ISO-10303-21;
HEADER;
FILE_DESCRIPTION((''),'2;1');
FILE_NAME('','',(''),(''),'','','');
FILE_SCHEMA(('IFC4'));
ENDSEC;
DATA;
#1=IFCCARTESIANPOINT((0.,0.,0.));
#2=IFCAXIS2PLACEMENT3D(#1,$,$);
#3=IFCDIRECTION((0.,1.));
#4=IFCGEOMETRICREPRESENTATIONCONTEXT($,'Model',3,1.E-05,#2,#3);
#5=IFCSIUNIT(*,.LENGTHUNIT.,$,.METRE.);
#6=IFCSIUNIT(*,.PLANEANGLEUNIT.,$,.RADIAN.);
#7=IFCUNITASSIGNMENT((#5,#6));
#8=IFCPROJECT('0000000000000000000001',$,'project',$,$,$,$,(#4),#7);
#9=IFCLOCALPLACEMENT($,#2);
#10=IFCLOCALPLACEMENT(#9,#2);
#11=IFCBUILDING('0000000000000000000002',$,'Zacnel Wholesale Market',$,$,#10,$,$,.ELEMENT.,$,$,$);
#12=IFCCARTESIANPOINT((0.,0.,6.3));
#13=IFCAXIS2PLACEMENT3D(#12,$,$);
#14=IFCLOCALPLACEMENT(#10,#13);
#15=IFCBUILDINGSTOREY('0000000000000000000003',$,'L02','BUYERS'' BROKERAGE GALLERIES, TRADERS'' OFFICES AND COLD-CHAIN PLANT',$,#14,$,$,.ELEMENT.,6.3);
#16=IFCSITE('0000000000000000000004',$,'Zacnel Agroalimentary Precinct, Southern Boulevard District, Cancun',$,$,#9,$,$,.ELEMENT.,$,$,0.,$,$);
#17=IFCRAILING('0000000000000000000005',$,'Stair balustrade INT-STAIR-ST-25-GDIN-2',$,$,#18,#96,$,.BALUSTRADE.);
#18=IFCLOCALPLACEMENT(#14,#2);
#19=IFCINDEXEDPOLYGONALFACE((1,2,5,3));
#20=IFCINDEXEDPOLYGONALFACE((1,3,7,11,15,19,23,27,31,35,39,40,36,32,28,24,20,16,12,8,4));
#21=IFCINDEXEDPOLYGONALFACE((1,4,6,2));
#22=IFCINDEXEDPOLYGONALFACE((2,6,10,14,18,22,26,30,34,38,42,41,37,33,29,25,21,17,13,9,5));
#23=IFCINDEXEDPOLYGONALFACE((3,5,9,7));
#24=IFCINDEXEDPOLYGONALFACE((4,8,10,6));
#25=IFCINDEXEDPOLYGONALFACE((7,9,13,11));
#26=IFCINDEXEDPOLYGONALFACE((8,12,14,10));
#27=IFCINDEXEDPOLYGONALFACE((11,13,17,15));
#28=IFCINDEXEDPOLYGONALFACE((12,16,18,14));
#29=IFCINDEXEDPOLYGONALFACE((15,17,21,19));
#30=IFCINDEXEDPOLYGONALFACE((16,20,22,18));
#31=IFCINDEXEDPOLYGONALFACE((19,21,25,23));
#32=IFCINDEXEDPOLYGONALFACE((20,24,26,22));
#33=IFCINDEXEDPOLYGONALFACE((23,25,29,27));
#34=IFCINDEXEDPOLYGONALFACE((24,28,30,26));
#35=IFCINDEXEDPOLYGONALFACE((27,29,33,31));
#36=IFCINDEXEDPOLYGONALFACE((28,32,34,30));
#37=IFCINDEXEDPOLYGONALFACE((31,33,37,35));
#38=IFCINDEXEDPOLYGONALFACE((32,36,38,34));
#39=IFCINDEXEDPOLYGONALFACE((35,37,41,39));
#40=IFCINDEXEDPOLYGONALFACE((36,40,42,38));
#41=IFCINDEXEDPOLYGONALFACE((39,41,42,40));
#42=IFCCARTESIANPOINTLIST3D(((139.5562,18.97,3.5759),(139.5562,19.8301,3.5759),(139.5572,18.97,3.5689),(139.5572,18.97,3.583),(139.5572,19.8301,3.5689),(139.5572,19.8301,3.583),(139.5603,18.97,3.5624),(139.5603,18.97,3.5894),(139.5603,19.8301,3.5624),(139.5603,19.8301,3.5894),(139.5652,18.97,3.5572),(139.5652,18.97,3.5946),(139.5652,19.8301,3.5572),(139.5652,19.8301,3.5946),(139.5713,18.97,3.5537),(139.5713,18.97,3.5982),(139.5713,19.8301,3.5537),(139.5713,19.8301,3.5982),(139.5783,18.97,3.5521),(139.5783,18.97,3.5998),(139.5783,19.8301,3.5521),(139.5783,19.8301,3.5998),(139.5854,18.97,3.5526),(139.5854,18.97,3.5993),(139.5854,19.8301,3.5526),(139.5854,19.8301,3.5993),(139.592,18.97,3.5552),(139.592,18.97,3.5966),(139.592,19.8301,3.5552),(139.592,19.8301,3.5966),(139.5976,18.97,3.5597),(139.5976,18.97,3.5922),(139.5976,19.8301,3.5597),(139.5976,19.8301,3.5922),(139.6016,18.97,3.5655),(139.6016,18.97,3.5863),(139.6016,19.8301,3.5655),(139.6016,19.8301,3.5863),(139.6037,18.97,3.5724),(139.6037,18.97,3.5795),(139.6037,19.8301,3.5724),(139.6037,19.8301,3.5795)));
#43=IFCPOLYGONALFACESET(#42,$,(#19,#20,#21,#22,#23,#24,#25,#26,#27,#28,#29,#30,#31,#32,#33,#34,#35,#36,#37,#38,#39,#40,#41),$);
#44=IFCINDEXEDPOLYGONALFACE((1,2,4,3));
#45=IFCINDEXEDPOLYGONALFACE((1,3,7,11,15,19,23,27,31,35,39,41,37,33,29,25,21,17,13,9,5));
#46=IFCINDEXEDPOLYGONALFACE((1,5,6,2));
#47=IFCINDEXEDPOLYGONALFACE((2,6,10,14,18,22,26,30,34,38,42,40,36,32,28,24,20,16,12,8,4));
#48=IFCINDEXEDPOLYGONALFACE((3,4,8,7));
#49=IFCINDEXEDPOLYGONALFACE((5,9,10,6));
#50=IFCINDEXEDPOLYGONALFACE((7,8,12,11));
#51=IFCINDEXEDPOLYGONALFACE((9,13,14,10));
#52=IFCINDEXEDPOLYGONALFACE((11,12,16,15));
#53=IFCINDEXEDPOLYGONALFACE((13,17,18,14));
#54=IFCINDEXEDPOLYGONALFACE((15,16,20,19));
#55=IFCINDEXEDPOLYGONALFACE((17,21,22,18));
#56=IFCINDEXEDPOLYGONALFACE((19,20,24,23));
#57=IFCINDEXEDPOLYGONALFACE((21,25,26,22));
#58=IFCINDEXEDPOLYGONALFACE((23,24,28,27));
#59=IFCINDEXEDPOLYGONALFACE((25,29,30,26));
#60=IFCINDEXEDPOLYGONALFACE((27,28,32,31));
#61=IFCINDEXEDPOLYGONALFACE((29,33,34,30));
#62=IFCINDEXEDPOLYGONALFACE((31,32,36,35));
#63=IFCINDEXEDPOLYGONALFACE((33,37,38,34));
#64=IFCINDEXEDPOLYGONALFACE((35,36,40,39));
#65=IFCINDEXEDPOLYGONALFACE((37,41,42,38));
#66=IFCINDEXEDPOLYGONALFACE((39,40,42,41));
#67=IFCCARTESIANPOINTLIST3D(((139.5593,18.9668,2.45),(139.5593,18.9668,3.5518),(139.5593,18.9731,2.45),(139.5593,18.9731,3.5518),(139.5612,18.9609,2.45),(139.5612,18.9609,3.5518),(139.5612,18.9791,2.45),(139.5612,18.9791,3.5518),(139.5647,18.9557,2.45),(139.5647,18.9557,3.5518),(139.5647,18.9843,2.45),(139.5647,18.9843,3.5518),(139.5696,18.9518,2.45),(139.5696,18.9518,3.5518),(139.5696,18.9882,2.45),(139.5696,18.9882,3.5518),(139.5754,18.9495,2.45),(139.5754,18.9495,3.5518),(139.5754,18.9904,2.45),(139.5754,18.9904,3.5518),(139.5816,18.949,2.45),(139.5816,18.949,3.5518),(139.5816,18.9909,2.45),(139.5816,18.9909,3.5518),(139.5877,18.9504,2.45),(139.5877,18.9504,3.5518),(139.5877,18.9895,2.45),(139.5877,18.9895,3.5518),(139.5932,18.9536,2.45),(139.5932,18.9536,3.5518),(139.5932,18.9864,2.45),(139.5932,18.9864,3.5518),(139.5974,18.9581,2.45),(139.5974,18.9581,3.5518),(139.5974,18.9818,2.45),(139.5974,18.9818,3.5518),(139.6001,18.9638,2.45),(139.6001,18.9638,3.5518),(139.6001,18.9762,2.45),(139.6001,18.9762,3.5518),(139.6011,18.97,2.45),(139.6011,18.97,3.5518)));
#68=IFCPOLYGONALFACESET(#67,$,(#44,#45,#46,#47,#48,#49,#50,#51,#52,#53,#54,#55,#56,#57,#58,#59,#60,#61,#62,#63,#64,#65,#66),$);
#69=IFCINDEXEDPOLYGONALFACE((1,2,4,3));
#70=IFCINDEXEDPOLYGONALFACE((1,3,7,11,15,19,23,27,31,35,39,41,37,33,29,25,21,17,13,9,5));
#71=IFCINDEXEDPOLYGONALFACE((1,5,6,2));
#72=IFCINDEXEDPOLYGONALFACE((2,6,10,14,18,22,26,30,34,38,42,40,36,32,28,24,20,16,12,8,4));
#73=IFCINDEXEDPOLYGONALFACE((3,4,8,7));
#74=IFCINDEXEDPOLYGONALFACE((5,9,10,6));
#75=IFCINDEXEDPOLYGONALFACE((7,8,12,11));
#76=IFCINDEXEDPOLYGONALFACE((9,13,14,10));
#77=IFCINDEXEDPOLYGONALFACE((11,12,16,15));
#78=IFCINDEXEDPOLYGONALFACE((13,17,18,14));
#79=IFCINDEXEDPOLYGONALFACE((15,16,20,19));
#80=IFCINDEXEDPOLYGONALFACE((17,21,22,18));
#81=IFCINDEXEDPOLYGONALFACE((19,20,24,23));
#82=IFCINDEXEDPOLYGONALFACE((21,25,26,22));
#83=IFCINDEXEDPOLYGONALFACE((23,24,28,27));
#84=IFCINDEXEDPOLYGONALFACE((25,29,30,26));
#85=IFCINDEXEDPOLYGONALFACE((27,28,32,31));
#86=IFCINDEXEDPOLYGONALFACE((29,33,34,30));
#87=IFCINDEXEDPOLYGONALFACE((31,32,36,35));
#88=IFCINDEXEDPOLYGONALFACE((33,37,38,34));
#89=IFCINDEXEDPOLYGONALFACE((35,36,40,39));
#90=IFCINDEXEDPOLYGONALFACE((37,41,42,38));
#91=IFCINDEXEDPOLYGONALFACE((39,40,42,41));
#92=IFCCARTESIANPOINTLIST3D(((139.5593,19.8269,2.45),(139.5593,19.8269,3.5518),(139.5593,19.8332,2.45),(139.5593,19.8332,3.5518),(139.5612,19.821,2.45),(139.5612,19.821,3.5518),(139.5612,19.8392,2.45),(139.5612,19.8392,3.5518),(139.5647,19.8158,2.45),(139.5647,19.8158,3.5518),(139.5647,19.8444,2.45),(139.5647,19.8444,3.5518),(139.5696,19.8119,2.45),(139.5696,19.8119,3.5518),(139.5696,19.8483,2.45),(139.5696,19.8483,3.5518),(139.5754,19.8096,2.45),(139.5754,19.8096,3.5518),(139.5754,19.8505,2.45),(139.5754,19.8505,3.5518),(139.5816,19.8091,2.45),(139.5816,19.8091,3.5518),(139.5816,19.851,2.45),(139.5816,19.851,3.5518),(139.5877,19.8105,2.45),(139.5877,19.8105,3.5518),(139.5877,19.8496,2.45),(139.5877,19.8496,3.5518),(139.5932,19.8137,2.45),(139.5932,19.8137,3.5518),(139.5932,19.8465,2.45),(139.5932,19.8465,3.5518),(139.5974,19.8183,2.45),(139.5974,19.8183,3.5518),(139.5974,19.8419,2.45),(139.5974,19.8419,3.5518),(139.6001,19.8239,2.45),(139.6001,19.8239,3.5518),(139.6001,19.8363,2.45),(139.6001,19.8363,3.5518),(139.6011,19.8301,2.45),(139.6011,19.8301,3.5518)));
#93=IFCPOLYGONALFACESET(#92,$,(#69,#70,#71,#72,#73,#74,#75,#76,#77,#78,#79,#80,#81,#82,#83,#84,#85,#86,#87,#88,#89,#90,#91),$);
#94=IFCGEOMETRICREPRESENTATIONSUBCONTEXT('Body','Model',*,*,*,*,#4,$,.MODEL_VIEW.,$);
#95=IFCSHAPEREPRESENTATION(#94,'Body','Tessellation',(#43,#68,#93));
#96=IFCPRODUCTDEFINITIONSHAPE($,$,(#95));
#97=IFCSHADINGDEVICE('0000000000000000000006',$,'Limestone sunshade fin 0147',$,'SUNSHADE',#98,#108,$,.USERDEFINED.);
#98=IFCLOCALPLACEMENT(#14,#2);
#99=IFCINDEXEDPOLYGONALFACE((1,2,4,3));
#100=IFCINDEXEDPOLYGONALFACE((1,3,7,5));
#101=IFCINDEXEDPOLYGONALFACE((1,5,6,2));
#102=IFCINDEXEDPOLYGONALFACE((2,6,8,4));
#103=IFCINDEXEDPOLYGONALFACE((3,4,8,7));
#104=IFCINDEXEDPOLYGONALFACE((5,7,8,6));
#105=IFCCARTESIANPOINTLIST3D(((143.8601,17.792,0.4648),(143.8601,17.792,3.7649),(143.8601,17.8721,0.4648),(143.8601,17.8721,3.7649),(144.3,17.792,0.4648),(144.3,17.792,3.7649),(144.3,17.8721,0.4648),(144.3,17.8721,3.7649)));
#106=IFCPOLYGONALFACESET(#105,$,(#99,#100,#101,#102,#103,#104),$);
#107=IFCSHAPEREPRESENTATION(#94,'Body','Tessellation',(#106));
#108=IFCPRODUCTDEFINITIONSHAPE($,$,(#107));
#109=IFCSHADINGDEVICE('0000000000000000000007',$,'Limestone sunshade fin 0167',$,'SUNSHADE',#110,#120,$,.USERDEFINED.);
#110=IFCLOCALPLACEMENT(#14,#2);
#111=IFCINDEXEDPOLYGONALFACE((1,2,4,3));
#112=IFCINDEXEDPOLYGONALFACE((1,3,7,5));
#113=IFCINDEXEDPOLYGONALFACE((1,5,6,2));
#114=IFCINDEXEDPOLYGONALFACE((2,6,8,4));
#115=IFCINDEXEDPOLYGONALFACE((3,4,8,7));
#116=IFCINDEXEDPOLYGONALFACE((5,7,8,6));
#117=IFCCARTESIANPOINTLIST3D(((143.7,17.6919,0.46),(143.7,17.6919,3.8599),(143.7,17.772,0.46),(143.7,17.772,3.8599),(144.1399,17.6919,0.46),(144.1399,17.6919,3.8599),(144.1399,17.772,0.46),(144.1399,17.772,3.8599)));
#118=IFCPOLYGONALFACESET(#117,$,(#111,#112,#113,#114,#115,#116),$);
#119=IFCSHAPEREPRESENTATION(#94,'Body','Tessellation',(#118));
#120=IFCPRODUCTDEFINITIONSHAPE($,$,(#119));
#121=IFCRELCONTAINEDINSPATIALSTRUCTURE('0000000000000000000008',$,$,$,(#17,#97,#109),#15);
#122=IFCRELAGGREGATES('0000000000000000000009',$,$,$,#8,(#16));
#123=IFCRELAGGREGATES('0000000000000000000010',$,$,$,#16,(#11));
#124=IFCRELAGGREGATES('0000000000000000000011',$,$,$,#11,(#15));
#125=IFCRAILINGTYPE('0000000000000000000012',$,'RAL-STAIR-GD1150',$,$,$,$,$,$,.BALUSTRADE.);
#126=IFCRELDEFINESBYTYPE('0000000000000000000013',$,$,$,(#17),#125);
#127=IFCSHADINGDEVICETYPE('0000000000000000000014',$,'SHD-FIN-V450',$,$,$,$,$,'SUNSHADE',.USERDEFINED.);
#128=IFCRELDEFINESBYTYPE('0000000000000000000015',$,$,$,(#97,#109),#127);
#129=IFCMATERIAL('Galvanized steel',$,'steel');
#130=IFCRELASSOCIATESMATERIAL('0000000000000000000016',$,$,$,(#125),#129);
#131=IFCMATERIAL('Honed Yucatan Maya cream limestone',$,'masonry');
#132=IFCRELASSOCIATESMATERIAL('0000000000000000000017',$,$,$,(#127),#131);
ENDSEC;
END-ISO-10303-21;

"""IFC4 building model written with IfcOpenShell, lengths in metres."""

from ifc_helpers import new_model, si_unit, direction, frame, origin, origin_2d, place, context, subcontext, project, spatial, rectangle, circle, extrude, material, type_object, element, save


model = new_model("IFC4")

# Units and contexts
model_context = context("Model", 3, precision=1e-05, world=origin(), true_north=direction((0.0, 1.0)))
body_context = subcontext(model_context, "Body", "Model", "MODEL_VIEW")
ifc_project = project(units=[si_unit("LENGTHUNIT", "METRE"), si_unit("PLANEANGLEUNIT", "RADIAN")], contexts=[model_context])

# Site, building, storey
site_placement = place(None, origin())
site = spatial("IfcSite", under=ifc_project, at=site_placement, Name="Zacnel Agroalimentary Precinct, Southern Boulevard District, Cancun", CompositionType="ELEMENT", RefElevation=0.0)
building_placement = place(site_placement, origin())
building = spatial("IfcBuilding", under=site, at=building_placement, Name="Zacnel Wholesale Market", CompositionType="ELEMENT")
storey_placement = place(building_placement, frame((0.0, 0.0, 6.3)))
storey = spatial("IfcBuildingStorey", under=building, at=storey_placement, Name="L02", Description="BUYERS' BROKERAGE GALLERIES, TRADERS' OFFICES AND COLD-CHAIN PLANT", CompositionType="ELEMENT", Elevation=6.3)

# Railing
ifc_material_1 = material(Name="Galvanized steel", Category="steel")
railing_type = type_object("IfcRailingType", Name="RAL-STAIR-GD1150", PredefinedType="BALUSTRADE", material=ifc_material_1)
railing_1_placement = place(storey_placement, frame((139.5801, 18.97, 2.45)))
element("IfcRailing", 1, at=railing_1_placement, inside=storey, type_object=railing_type, Name="Stair balustrade INT-STAIR-ST-25-GDIN-2", PredefinedType="BALUSTRADE", context=body_context, shape_type="SweptSolid", body=[
    extrude(circle(Radius=0.0239, at=origin_2d()), frame((0.0, 0.0, 1.126), z_axis=(0.0, 1.0, 0.0), x_axis=(-1.0, 0.0, 0.0)), (0.0, 0.0, 1.0), 0.8601),
    extrude(circle(Radius=0.021, at=origin_2d()), origin(), (0.0, 0.0, 1.0), 1.1018),
    extrude(circle(Radius=0.021, at=origin_2d()), frame((0.0, 0.8601, 0.0)), (0.0, 0.0, 1.0), 1.1018),
])

# Shading devices
ifc_material_2 = material(Name="Honed Yucatan Maya cream limestone", Category="masonry")
shading_device_type = type_object("IfcShadingDeviceType", Name="SHD-FIN-V450", ElementType="SUNSHADE", PredefinedType="USERDEFINED", material=ifc_material_2)
shading_device_1_placement = place(storey_placement, frame((144.0801, 17.832, 0.4648), z_axis=(0.0, 0.0, 1.0), x_axis=(0.0, 1.0, 0.0)))
element("IfcShadingDevice", 2, at=shading_device_1_placement, inside=storey, type_object=shading_device_type, Name="Limestone sunshade fin 0147", ObjectType="SUNSHADE", PredefinedType="USERDEFINED", context=body_context, shape_type="SweptSolid", body=[
    extrude(rectangle(XDim=0.0801, YDim=0.4399, at=origin_2d()), origin(), (0.0, 0.0, 1.0), 3.3),
])
shading_device_2_placement = place(storey_placement, frame((143.9199, 17.7319, 0.46), z_axis=(0.0, 0.0, 1.0), x_axis=(0.0, 1.0, 0.0)))
element("IfcShadingDevice", 3, at=shading_device_2_placement, inside=storey, type_object=shading_device_type, Name="Limestone sunshade fin 0167", ObjectType="SUNSHADE", PredefinedType="USERDEFINED", context=body_context, shape_type="SweptSolid", body=[
    extrude(rectangle(XDim=0.0801, YDim=0.4399, at=origin_2d()), origin(), (0.0, 0.0, 1.0), 3.3999),
])

save(model, "model.ifc")
